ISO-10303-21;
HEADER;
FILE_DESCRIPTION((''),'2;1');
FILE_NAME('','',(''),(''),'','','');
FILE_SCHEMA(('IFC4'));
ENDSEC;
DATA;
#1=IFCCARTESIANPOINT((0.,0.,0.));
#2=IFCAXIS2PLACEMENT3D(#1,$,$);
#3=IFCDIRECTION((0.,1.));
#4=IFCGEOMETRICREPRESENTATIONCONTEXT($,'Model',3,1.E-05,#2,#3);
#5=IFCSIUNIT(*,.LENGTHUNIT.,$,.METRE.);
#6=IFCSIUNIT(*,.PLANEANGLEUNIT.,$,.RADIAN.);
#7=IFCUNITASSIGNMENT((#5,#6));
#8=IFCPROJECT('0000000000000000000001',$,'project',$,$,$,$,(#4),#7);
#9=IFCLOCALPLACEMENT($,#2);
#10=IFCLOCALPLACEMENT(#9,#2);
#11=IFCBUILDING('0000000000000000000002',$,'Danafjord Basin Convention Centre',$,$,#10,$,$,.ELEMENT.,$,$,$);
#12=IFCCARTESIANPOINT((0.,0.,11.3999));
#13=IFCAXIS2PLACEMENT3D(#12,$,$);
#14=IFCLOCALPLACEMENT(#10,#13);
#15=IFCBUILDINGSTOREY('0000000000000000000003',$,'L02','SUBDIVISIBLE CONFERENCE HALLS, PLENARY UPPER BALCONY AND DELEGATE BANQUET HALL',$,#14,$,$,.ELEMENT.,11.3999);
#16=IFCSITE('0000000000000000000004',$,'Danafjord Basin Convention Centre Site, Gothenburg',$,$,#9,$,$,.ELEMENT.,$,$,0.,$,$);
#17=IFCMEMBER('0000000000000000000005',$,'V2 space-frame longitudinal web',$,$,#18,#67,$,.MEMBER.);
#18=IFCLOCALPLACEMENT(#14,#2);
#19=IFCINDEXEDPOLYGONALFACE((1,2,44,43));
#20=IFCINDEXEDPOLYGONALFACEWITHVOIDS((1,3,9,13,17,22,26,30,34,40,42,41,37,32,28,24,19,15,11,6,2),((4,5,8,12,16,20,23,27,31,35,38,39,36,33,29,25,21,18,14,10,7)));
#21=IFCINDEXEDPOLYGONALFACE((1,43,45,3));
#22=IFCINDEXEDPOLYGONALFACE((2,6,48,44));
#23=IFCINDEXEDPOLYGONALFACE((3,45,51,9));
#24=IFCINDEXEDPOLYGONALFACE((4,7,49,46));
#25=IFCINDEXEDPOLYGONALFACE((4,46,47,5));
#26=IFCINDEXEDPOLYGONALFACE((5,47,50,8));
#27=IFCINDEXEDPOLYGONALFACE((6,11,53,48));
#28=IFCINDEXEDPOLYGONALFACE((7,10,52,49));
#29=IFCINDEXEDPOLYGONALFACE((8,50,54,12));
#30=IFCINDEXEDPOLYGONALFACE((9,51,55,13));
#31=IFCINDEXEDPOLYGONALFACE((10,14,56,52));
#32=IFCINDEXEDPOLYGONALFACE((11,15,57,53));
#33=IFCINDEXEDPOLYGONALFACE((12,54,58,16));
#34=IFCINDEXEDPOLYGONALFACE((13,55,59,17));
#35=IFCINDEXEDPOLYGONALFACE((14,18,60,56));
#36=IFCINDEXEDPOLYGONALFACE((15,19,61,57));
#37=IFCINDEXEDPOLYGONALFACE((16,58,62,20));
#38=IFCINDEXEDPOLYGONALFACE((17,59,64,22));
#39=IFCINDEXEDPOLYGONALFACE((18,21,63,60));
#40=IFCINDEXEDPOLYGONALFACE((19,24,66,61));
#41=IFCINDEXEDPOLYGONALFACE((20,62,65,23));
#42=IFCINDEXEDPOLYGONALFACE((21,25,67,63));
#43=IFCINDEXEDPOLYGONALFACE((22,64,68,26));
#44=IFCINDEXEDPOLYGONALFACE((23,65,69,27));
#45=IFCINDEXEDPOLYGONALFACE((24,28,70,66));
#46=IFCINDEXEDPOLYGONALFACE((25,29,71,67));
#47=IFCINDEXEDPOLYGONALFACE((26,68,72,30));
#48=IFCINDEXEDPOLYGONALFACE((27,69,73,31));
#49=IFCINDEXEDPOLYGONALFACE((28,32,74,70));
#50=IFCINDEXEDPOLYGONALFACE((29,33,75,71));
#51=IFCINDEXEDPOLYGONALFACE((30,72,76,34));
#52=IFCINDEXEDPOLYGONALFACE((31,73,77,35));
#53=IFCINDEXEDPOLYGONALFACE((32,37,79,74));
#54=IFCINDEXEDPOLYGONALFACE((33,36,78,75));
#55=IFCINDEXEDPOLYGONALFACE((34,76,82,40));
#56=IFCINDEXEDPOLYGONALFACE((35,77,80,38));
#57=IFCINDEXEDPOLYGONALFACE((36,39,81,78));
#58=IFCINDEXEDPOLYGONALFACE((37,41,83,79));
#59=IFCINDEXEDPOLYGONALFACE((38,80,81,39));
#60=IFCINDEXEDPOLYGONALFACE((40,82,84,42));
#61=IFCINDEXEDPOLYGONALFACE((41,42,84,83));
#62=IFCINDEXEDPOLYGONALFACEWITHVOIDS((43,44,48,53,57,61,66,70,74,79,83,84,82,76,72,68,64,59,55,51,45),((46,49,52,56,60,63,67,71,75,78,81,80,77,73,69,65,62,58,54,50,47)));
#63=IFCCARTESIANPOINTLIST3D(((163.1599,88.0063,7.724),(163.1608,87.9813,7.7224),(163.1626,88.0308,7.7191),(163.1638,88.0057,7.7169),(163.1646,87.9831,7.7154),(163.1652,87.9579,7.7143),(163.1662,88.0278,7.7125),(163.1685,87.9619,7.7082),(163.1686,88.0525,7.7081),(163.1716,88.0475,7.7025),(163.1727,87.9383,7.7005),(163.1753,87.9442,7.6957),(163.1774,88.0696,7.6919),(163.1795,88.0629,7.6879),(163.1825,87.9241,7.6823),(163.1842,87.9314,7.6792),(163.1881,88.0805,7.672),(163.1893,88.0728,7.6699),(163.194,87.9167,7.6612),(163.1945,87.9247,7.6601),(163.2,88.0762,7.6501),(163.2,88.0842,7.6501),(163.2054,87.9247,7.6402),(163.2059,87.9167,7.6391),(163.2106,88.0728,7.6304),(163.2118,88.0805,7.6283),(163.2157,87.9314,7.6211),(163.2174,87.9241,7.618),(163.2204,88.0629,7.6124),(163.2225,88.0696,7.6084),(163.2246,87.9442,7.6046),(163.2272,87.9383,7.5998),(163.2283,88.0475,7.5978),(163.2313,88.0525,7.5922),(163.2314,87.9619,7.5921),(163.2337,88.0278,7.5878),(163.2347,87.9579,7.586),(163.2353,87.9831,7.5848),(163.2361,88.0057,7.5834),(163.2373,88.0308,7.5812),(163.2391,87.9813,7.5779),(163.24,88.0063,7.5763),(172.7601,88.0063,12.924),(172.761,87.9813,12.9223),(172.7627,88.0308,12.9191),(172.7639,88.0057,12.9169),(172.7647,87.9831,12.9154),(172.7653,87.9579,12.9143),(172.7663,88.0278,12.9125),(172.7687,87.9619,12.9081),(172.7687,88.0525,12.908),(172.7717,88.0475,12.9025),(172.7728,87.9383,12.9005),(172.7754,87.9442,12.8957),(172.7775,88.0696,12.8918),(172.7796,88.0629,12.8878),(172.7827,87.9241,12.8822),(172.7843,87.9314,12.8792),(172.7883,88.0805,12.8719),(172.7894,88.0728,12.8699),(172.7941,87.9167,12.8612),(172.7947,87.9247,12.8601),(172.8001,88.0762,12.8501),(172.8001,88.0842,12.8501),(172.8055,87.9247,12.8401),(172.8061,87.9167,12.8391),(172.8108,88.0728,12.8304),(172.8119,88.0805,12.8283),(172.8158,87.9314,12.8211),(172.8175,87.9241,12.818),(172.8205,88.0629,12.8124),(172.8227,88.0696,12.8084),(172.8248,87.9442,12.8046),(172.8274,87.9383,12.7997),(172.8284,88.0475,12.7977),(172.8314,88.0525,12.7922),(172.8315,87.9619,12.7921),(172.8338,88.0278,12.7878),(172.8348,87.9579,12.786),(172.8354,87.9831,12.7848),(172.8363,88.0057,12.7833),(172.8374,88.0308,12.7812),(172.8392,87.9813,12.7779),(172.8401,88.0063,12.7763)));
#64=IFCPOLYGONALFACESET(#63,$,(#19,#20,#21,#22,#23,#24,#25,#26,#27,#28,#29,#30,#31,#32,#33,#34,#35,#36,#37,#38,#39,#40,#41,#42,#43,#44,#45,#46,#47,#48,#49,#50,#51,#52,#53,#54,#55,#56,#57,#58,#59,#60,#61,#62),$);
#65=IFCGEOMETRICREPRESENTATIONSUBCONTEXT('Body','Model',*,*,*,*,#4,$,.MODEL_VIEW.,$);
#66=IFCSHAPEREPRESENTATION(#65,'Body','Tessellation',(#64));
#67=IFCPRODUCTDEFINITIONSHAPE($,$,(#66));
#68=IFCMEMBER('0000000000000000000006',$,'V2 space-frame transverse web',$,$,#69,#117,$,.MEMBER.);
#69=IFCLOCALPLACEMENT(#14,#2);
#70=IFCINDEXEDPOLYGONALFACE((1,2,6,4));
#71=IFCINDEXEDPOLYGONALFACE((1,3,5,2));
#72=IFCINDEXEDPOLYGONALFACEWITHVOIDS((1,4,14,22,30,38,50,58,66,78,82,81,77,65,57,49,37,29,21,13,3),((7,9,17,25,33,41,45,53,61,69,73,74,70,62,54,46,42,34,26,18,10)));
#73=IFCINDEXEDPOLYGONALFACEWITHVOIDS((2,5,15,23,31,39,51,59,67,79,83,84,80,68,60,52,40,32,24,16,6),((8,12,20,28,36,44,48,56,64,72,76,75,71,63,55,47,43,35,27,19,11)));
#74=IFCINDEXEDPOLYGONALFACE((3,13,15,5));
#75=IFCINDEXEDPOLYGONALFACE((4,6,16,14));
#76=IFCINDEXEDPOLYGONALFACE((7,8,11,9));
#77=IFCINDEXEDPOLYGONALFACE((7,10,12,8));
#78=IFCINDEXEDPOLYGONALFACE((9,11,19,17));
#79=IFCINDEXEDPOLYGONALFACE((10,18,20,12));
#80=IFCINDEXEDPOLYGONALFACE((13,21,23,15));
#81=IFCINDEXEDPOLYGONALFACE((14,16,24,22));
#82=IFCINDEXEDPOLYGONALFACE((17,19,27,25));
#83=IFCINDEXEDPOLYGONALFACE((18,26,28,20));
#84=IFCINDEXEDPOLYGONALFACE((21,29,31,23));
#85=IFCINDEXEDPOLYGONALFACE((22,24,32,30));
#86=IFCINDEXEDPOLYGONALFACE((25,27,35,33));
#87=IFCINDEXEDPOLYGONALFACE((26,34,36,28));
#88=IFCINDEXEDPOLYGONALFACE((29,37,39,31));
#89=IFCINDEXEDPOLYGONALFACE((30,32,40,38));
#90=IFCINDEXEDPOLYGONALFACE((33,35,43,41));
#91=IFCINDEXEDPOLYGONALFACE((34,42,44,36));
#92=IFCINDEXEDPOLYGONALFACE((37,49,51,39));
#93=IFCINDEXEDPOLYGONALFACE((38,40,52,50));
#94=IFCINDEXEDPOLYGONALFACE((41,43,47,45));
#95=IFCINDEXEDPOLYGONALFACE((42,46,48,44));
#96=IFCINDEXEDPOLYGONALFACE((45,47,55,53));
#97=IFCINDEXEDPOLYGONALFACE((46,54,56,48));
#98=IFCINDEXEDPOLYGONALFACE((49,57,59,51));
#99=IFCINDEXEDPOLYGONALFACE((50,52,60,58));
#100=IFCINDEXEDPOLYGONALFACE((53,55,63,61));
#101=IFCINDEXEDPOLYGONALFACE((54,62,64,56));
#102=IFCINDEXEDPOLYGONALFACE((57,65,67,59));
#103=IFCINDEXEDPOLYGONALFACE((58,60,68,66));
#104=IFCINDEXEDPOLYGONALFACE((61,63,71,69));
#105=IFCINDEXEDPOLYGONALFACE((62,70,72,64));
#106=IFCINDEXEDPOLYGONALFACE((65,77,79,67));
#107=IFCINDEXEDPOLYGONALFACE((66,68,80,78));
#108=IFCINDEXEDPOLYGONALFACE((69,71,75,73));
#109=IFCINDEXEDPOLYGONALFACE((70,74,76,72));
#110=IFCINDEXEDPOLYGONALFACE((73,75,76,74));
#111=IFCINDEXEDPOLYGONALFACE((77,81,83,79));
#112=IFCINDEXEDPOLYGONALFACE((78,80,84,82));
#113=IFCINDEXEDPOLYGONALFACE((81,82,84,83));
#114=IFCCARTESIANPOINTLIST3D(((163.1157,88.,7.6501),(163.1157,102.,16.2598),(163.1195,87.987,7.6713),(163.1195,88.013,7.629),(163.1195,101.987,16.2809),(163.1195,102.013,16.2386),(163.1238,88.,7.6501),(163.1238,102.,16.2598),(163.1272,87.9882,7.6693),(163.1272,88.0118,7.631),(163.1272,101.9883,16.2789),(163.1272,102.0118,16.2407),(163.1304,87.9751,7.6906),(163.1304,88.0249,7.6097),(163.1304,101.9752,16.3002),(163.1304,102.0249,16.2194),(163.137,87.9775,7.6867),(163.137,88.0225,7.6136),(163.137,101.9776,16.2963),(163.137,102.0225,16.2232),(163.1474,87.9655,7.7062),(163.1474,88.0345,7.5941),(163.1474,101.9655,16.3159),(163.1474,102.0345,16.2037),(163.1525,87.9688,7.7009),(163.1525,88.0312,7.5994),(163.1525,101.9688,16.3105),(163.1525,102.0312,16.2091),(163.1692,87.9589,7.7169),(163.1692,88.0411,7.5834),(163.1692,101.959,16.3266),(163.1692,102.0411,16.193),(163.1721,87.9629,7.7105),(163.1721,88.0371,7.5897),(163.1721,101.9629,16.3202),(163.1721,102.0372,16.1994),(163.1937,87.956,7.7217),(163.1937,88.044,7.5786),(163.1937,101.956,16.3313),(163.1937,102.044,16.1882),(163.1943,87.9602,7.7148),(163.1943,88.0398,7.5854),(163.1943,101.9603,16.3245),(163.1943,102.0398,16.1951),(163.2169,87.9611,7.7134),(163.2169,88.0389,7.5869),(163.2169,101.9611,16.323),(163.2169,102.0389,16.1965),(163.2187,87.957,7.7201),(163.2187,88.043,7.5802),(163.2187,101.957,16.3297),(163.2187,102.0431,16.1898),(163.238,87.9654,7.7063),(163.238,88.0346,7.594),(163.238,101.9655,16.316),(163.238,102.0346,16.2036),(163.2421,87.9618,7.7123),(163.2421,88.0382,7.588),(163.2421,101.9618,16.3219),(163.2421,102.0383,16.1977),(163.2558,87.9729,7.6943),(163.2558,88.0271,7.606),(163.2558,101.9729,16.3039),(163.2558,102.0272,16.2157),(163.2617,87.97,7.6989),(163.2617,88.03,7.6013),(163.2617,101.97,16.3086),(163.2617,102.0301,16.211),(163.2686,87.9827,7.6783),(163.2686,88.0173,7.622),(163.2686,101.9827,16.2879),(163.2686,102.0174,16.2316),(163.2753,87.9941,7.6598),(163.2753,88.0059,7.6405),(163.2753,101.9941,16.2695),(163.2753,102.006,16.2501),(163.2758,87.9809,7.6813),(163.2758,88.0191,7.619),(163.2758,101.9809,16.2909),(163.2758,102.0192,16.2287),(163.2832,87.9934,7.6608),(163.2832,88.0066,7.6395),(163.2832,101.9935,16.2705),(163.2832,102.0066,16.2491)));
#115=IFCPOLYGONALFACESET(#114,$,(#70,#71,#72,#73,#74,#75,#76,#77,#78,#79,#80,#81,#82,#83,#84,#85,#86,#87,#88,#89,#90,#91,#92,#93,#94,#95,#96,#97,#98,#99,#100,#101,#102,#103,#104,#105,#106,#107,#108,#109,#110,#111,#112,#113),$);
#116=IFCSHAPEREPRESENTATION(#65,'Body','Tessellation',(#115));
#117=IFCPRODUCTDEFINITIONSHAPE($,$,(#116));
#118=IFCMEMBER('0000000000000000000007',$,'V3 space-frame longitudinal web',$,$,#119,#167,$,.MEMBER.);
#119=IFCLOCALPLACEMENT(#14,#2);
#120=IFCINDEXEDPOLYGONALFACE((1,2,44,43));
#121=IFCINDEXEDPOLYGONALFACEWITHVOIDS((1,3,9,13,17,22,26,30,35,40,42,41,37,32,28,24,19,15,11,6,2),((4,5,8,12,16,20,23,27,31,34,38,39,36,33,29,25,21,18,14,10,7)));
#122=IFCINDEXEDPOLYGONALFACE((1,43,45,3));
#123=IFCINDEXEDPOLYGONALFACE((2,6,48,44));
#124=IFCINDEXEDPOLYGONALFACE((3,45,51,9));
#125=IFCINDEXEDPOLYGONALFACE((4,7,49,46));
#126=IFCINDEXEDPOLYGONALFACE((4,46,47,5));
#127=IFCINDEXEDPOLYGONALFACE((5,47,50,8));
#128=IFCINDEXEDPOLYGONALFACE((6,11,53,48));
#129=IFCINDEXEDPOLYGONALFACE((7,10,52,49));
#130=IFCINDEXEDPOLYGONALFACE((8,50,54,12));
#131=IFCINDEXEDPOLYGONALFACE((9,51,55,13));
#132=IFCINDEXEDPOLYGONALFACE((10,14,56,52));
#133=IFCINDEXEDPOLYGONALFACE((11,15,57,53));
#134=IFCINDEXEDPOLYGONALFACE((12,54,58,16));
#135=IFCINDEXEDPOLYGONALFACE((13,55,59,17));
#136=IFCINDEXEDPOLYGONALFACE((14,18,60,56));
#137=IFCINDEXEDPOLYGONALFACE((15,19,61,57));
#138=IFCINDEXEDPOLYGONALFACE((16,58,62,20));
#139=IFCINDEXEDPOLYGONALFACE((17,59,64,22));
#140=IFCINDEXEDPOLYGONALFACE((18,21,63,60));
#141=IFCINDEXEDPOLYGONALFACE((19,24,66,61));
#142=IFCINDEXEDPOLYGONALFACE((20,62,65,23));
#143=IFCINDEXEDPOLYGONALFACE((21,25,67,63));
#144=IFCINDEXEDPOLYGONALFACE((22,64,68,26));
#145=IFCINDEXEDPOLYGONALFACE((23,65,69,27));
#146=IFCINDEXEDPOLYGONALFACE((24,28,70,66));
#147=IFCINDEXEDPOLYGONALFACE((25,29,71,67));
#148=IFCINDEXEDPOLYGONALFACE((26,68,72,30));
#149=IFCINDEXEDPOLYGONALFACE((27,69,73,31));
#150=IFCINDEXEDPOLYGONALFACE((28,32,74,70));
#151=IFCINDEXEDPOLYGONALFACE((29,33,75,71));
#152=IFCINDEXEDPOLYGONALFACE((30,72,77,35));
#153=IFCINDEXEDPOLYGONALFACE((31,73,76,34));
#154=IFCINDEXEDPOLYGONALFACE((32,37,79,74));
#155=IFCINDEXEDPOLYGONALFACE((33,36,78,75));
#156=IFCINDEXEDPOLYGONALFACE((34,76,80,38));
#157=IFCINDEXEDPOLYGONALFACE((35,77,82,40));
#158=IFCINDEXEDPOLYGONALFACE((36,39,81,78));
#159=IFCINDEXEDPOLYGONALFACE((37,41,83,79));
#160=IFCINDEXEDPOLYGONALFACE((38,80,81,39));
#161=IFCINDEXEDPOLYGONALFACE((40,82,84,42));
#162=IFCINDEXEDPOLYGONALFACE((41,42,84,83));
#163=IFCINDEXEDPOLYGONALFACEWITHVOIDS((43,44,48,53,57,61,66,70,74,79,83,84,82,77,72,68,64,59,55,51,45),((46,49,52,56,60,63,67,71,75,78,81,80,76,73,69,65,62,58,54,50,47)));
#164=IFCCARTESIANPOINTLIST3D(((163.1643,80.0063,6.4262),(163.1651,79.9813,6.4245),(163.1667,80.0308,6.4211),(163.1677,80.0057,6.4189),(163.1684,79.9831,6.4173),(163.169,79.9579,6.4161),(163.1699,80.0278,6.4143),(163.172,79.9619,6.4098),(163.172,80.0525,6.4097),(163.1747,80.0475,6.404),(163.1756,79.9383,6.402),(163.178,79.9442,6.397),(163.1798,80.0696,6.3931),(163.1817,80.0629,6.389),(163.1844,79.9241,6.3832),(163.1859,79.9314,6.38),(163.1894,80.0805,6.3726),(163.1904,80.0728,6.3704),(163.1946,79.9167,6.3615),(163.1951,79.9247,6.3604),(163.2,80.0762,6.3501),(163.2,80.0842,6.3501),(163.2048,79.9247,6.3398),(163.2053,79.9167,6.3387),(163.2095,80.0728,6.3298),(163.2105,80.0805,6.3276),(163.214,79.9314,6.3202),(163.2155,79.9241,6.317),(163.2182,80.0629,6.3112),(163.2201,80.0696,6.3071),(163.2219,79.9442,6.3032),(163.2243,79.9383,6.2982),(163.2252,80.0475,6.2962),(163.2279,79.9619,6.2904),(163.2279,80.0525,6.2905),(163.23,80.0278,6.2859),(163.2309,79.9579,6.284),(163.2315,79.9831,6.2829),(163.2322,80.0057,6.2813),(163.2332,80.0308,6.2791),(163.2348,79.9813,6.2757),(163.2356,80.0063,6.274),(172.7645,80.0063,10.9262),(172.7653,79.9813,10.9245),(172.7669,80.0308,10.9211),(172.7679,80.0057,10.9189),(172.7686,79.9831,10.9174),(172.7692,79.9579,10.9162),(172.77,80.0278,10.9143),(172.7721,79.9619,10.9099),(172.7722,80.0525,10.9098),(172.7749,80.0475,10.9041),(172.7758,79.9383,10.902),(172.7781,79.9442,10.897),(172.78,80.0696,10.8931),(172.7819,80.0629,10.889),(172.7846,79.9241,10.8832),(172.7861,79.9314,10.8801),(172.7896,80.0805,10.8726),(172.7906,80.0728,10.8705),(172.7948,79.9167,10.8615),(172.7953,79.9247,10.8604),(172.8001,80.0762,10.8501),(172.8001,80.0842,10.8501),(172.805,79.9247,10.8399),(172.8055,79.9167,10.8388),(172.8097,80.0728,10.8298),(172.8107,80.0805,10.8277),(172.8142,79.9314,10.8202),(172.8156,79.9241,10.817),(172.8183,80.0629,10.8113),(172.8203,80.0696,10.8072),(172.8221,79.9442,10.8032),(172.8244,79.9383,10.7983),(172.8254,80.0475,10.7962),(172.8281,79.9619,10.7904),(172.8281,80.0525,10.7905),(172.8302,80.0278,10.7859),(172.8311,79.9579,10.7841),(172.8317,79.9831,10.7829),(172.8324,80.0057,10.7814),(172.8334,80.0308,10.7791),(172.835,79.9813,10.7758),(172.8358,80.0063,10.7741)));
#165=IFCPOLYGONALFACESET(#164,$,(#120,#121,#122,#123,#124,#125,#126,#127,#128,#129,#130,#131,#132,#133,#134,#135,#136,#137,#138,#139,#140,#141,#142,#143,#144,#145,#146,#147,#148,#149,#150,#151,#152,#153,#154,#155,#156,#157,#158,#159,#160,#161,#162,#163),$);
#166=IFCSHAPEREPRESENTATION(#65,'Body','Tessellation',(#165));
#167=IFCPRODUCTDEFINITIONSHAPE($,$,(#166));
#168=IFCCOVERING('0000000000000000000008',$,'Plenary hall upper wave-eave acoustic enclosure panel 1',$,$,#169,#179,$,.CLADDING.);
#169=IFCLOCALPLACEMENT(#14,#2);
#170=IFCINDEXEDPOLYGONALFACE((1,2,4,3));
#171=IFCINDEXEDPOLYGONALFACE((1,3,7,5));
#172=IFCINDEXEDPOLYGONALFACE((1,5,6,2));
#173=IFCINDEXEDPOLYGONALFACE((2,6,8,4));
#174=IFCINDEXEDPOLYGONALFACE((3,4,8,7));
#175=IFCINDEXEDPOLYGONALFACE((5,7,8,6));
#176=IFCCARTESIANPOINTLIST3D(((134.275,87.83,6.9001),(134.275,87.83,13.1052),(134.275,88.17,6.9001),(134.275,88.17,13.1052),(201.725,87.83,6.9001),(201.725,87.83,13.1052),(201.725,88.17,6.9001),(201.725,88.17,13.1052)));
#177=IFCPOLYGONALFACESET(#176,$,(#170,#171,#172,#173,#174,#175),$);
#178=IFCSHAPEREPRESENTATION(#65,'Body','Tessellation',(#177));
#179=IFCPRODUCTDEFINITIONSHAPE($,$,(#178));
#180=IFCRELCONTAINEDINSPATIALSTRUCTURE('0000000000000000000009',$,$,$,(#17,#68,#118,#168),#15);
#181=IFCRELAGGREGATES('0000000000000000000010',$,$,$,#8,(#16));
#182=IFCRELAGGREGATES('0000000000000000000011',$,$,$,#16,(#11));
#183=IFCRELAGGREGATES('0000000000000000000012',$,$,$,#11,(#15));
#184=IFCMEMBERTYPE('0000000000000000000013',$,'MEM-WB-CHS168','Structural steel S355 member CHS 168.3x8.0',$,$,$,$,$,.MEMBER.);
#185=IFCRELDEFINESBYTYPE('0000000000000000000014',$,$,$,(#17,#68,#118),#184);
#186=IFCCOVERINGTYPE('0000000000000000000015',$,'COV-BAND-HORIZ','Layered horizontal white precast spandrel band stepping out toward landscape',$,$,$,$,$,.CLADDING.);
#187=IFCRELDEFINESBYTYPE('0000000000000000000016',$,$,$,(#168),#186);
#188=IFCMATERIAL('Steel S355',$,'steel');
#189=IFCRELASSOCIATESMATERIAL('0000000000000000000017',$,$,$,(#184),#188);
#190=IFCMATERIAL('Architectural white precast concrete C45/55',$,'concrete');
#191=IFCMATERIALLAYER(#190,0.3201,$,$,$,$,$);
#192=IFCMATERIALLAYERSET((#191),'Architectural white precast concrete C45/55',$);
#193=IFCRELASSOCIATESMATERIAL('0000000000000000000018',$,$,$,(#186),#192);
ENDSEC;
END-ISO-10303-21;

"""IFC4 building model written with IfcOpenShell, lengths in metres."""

from ifc_helpers import new_model, si_unit, direction, frame, origin, origin_2d, place, context, subcontext, project, spatial, rectangle, hollow_circle, extrude, material, layer, layer_set, material_profile, profile_set, type_object, element, save


model = new_model("IFC4")

# Units and contexts
model_context = context("Model", 3, precision=1e-05, world=origin(), true_north=direction((0.0, 1.0)))
body_context = subcontext(model_context, "Body", "Model", "MODEL_VIEW")
ifc_project = project(units=[si_unit("LENGTHUNIT", "METRE"), si_unit("PLANEANGLEUNIT", "RADIAN")], contexts=[model_context])

# Site, building, storey
site_placement = place(None, origin())
site = spatial("IfcSite", under=ifc_project, at=site_placement, Name="Danafjord Basin Convention Centre Site, Gothenburg", CompositionType="ELEMENT", RefElevation=0.0)
building_placement = place(site_placement, origin())
building = spatial("IfcBuilding", under=site, at=building_placement, Name="Danafjord Basin Convention Centre", CompositionType="ELEMENT")
storey_placement = place(building_placement, frame((0.0, 0.0, 11.3999)))
storey = spatial("IfcBuildingStorey", under=building, at=storey_placement, Name="L02", Description="SUBDIVISIBLE CONFERENCE HALLS, PLENARY UPPER BALCONY AND DELEGATE BANQUET HALL", CompositionType="ELEMENT", Elevation=11.3999)

# Shared definitions
ifc_material_1 = material(Name="Steel S355", Category="steel")

# Members
ifc_material_profile_1 = material_profile(ifc_material_1, hollow_circle(Radius=0.0842, WallThickness=0.0081, at=origin_2d()), Name="CHS 168.3x8.0")
ifc_profile_set_1 = profile_set([ifc_material_profile_1], Name="Steel S355")
member_type_1 = type_object("IfcMemberType", Name="MEM-WB-CHS168", Description="Structural steel S355 member CHS 168.3x8.0", PredefinedType="MEMBER", material=ifc_profile_set_1)
member_1_placement = place(storey_placement, frame((163.2, 88.0, 7.6501), z_axis=(0.879296, 0.0, 0.476276), x_axis=(0.0, 1.0, 0.0)))
element("IfcMember", 1, at=member_1_placement, inside=storey, type_object=member_type_1, Name="V2 space-frame longitudinal web", PredefinedType="MEMBER", context=body_context, shape_type="SweptSolid", body=[
    extrude(hollow_circle(Radius=0.0842, WallThickness=0.0081, at=origin_2d()), origin(), (0.0, 0.0, 1.0), 10.918),
])
member_2_placement = place(storey_placement, frame((163.2, 88.0, 7.6501), z_axis=(0.0, 0.851815, 0.523843), x_axis=(-1.0, 0.0, 0.0)))
element("IfcMember", 2, at=member_2_placement, inside=storey, type_object=member_type_1, Name="V2 space-frame transverse web", PredefinedType="MEMBER", context=body_context, shape_type="SweptSolid", body=[
    extrude(hollow_circle(Radius=0.0842, WallThickness=0.0081, at=origin_2d()), origin(), (0.0, 0.0, 1.0), 16.4355),
])
member_3_placement = place(storey_placement, frame((163.2, 80.0, 6.3501), z_axis=(0.905461, 0.0, 0.42443), x_axis=(0.0, 1.0, 0.0)))
element("IfcMember", 3, at=member_3_placement, inside=storey, type_object=member_type_1, Name="V3 space-frame longitudinal web", PredefinedType="MEMBER", context=body_context, shape_type="SweptSolid", body=[
    extrude(hollow_circle(Radius=0.0842, WallThickness=0.0081, at=origin_2d()), origin(), (0.0, 0.0, 1.0), 10.6025),
])

# Covering
ifc_material_2 = material(Name="Architectural white precast concrete C45/55", Category="concrete")
ifc_layer = layer(ifc_material_2, 0.3201)
ifc_layer_set = layer_set([ifc_layer], Name="Architectural white precast concrete C45/55")
covering_type = type_object("IfcCoveringType", Name="COV-BAND-HORIZ", Description="Layered horizontal white precast spandrel band stepping out toward landscape", PredefinedType="CLADDING", material=ifc_layer_set)
covering_placement = place(storey_placement, frame((168.0, 88.0, 6.9001), z_axis=(0.0, 0.0, 1.0), x_axis=(1.0, 0.0, 0.0)))
element("IfcCovering", 4, at=covering_placement, inside=storey, type_object=covering_type, Name="Plenary hall upper wave-eave acoustic enclosure panel 1", PredefinedType="CLADDING", context=body_context, shape_type="SweptSolid", body=[
    extrude(rectangle(XDim=67.45, YDim=0.3401, at=origin_2d()), origin(), (0.0, 0.0, 1.0), 6.2051),
])

save(model, "model.ifc")
